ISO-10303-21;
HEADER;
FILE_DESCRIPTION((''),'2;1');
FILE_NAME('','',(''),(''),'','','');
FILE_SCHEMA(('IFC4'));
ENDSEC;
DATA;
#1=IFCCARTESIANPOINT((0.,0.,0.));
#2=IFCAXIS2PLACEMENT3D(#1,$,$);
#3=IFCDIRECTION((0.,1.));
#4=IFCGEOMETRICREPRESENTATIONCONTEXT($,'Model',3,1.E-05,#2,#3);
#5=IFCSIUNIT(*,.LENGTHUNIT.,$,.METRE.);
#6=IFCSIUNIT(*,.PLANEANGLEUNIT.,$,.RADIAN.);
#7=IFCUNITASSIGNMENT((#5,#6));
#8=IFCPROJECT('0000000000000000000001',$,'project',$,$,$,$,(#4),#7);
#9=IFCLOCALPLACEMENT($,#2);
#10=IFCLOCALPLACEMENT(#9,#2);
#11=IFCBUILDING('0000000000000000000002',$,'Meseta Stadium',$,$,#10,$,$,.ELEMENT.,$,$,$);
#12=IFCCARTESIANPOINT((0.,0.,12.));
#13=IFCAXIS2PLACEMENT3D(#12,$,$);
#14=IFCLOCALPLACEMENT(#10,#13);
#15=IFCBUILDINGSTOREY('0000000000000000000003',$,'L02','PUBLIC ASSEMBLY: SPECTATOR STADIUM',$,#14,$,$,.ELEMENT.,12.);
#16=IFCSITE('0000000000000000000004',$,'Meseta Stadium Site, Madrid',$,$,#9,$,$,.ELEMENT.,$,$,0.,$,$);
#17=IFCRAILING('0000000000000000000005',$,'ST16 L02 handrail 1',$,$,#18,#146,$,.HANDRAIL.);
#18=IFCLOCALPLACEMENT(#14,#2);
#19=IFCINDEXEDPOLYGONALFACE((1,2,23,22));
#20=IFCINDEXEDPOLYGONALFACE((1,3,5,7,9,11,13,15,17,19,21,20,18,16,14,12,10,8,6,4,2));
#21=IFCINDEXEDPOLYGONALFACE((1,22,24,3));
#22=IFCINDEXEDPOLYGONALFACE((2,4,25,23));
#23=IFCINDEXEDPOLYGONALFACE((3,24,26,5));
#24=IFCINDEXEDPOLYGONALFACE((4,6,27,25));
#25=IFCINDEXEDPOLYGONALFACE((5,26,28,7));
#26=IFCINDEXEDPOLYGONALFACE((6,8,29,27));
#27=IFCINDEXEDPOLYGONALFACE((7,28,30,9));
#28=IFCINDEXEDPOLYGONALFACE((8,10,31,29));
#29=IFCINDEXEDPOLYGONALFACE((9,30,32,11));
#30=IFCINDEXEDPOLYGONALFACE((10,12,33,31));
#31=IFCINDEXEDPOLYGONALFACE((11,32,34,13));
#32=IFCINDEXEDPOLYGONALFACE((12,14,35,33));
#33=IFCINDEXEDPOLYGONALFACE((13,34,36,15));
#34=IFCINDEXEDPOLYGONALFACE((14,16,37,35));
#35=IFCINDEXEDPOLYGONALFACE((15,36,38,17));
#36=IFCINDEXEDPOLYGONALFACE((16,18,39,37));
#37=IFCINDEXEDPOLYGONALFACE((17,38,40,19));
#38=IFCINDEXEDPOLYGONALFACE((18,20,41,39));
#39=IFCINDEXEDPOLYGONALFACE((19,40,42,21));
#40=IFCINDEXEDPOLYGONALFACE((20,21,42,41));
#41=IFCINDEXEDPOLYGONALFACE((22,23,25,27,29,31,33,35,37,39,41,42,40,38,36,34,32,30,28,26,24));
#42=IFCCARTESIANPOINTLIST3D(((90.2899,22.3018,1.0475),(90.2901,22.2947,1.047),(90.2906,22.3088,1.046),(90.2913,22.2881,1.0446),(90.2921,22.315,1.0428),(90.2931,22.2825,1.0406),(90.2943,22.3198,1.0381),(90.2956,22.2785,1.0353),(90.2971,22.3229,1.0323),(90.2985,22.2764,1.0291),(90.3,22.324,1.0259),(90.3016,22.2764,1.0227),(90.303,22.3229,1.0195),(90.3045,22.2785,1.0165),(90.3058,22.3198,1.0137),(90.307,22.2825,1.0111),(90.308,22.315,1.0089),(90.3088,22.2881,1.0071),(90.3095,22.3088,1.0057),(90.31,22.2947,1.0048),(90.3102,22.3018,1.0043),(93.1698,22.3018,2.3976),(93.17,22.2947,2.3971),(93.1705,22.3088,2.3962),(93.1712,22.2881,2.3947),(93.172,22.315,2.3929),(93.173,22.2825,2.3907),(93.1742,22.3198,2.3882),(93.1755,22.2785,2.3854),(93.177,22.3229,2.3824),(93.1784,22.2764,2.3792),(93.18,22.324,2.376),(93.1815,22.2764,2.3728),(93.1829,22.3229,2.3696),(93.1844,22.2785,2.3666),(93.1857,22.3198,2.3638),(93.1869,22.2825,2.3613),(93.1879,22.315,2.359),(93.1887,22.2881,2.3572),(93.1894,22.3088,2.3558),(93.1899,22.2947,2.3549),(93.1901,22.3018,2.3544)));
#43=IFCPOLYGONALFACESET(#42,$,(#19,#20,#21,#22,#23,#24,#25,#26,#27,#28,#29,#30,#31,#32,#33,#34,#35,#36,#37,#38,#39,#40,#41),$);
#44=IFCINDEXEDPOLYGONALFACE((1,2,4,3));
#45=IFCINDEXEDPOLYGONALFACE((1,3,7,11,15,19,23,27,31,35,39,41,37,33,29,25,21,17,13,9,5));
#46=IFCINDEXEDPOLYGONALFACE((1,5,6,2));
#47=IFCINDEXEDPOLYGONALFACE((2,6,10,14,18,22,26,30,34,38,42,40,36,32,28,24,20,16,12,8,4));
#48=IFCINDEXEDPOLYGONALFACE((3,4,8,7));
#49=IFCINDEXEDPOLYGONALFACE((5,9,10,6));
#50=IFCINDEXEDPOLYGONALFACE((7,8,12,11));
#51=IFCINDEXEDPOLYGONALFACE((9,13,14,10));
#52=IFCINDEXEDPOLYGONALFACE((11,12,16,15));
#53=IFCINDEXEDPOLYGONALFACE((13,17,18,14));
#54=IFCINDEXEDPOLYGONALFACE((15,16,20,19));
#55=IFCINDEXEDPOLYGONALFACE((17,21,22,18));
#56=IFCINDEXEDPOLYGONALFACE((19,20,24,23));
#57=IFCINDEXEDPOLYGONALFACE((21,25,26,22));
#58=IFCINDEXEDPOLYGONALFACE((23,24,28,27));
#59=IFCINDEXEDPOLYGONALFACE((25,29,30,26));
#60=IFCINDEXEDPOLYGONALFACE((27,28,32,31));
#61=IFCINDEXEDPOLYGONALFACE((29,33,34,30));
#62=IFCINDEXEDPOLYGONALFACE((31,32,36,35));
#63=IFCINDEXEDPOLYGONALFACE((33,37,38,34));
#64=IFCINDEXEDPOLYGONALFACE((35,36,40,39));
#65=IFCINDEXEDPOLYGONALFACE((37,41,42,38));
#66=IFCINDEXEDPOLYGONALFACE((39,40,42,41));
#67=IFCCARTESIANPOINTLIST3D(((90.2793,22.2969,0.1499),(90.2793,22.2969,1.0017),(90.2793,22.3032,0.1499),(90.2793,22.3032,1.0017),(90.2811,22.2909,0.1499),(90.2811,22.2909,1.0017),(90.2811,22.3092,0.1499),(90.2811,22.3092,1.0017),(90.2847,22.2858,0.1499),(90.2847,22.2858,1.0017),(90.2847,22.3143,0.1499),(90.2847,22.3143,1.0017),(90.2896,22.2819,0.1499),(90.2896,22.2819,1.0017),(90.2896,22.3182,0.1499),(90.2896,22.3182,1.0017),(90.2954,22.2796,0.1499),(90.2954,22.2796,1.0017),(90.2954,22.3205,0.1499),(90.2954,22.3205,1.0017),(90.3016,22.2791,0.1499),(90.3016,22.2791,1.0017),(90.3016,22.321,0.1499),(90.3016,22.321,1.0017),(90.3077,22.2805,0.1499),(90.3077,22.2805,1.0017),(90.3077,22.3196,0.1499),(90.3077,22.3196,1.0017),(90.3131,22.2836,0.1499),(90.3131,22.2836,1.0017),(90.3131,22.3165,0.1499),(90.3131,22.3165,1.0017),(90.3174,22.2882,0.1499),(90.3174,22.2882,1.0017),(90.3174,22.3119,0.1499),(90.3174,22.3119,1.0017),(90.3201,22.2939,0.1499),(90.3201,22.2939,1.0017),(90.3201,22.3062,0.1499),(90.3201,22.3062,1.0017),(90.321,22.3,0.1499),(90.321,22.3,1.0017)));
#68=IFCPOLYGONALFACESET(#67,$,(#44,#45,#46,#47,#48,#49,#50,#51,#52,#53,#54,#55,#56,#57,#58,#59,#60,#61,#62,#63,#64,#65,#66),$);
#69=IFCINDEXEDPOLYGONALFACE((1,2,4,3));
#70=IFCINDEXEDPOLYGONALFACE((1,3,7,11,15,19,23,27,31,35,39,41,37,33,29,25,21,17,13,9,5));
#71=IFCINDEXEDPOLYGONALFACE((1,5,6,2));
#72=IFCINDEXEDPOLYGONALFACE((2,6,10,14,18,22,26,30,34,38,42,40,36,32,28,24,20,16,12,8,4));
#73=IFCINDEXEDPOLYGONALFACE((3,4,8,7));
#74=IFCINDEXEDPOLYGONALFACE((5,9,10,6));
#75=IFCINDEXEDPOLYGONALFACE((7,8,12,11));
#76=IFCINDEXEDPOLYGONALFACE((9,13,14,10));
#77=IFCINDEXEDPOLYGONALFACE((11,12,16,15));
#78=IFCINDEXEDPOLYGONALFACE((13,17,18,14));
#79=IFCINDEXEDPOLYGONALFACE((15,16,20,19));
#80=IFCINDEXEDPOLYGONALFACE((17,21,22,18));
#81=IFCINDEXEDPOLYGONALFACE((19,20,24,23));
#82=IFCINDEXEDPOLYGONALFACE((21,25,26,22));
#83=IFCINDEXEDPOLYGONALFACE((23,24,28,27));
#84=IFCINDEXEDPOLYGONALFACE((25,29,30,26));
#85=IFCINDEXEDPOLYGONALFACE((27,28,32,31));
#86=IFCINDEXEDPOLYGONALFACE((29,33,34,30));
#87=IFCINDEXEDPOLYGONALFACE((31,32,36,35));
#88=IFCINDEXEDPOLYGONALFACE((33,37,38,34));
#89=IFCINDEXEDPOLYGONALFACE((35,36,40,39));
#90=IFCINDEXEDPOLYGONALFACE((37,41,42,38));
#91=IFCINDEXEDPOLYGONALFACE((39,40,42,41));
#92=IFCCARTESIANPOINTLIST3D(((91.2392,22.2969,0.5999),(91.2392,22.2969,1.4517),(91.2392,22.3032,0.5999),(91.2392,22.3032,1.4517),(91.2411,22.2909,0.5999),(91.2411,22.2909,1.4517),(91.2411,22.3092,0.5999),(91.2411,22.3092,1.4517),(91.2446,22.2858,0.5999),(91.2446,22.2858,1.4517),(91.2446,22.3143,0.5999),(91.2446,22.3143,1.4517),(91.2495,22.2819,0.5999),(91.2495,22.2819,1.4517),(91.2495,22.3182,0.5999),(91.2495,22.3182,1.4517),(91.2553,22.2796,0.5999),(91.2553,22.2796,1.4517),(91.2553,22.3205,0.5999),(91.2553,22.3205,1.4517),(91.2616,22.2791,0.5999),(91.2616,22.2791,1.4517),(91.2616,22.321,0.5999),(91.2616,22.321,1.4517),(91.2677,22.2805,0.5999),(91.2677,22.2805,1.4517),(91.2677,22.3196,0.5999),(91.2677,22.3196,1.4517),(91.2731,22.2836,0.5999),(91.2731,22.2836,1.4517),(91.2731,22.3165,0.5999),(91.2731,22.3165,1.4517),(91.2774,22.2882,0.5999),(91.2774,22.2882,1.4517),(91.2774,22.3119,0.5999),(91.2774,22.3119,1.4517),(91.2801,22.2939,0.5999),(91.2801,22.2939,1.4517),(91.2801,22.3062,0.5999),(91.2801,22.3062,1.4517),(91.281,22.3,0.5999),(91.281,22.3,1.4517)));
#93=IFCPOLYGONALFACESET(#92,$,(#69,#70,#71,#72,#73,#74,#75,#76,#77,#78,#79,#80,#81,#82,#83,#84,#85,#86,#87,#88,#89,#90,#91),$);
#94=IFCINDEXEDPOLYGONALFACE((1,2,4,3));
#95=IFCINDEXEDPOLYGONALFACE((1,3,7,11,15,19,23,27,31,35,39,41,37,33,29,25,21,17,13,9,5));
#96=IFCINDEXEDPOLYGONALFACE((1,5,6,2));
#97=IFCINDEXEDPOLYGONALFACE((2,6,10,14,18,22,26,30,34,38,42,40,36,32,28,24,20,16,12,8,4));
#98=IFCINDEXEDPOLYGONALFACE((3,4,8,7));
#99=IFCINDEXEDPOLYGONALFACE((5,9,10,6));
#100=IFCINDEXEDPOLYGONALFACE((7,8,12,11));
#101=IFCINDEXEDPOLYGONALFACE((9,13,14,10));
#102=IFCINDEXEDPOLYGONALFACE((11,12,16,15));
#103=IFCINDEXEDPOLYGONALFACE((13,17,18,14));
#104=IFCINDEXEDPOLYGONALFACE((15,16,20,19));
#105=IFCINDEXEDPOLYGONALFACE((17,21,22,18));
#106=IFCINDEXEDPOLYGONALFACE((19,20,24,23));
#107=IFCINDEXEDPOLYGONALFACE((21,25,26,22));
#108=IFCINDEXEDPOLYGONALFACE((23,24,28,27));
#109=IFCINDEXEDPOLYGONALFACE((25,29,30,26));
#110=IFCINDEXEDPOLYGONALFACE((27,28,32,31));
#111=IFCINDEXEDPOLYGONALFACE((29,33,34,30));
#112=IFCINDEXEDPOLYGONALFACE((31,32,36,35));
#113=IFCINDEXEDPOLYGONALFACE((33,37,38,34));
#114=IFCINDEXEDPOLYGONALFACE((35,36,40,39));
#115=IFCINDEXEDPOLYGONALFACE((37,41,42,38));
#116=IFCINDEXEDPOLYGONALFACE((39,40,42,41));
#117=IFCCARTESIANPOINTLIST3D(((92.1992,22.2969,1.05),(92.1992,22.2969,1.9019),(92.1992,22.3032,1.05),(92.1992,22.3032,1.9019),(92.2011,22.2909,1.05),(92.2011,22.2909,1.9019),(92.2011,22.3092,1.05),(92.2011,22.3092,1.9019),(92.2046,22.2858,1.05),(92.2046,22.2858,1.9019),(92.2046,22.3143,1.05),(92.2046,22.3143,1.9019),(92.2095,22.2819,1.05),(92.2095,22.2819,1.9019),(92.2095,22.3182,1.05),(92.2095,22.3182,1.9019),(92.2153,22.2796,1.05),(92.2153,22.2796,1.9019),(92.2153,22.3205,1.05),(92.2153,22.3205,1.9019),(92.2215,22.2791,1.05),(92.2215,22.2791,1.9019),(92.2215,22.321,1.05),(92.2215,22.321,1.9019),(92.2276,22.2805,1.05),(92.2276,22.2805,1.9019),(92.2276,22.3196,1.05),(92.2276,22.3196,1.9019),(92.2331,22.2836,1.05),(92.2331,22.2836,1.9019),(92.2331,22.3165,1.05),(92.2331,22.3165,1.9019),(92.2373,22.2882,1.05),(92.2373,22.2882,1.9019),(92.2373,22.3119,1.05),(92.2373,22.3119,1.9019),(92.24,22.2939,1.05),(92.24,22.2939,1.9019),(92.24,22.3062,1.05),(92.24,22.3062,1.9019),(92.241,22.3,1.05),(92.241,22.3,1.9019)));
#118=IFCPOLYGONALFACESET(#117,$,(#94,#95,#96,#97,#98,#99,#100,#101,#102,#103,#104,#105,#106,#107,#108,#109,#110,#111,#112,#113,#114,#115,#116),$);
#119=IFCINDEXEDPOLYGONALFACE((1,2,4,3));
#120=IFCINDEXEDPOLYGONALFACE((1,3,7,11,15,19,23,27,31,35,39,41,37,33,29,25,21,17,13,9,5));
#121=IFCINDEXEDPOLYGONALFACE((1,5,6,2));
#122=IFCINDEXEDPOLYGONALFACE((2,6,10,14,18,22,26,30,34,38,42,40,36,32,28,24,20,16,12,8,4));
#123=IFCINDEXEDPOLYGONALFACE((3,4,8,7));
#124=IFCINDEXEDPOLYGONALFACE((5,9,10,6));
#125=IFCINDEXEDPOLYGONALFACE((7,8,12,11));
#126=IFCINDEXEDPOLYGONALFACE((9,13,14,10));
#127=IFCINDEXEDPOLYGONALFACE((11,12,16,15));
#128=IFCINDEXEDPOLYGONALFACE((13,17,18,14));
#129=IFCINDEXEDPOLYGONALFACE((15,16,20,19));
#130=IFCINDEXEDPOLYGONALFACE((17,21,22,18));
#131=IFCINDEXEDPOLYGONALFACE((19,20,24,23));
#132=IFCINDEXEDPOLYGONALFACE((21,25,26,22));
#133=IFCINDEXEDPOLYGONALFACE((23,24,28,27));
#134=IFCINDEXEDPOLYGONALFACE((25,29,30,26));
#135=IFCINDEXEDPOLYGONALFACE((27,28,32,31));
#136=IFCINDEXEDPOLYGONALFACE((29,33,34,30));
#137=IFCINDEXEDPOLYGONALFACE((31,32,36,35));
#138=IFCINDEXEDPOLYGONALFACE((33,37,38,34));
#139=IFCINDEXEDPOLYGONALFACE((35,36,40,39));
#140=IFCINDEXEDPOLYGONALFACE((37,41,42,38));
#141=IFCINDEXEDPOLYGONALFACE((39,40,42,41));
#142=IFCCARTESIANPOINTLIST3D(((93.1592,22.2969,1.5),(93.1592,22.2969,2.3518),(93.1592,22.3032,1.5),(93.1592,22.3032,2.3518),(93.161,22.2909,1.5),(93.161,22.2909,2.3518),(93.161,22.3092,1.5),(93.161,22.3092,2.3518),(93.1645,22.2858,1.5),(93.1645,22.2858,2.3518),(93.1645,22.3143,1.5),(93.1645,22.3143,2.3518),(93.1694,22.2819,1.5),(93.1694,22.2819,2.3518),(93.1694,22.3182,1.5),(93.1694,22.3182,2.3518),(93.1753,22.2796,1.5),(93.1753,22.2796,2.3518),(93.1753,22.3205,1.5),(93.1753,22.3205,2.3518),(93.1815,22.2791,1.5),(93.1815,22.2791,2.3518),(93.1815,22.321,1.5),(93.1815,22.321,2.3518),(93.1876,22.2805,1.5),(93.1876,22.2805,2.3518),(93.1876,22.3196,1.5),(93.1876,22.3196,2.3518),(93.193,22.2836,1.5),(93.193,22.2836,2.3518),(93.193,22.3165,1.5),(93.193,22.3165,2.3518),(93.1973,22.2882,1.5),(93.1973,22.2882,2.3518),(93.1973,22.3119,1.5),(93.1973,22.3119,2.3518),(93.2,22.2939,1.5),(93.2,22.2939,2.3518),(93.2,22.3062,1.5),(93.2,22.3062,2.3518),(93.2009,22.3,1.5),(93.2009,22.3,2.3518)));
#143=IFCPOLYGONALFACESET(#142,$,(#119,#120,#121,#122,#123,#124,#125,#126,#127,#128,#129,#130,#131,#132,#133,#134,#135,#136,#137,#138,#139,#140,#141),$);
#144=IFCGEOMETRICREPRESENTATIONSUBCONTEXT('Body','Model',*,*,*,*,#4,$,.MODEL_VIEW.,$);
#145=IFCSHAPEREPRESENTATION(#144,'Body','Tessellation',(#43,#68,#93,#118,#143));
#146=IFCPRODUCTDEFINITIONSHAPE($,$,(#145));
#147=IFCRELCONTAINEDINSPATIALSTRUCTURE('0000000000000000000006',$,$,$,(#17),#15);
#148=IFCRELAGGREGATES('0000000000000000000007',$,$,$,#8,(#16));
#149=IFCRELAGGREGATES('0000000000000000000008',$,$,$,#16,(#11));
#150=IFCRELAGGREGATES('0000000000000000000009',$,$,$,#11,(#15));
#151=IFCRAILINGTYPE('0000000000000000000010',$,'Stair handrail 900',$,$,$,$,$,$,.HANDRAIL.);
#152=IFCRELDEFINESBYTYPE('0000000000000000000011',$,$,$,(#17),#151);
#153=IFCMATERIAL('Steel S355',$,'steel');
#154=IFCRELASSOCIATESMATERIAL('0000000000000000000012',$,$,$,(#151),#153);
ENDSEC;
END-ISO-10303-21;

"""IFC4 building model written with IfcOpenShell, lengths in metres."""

from ifc_helpers import new_model, si_unit, direction, frame, origin, origin_2d, place, context, subcontext, project, spatial, circle, extrude, material, type_object, element, save


model = new_model("IFC4")

# Units and contexts
model_context = context("Model", 3, precision=1e-05, world=origin(), true_north=direction((0.0, 1.0)))
body_context = subcontext(model_context, "Body", "Model", "MODEL_VIEW")
ifc_project = project(units=[si_unit("LENGTHUNIT", "METRE"), si_unit("PLANEANGLEUNIT", "RADIAN")], contexts=[model_context])

# Site, building, storey
site_placement = place(None, origin())
site = spatial("IfcSite", under=ifc_project, at=site_placement, Name="Meseta Stadium Site, Madrid", CompositionType="ELEMENT", RefElevation=0.0)
building_placement = place(site_placement, origin())
building = spatial("IfcBuilding", under=site, at=building_placement, Name="Meseta Stadium", CompositionType="ELEMENT")
storey_placement = place(building_placement, frame((0.0, 0.0, 12.0)))
storey = spatial("IfcBuildingStorey", under=building, at=storey_placement, Name="L02", Description="PUBLIC ASSEMBLY: SPECTATOR STADIUM", CompositionType="ELEMENT", Elevation=12.0)

# Railing
ifc_material_1 = material(Name="Steel S355", Category="steel")
railing_type_1 = type_object("IfcRailingType", Name="Stair handrail 900", PredefinedType="HANDRAIL", material=ifc_material_1)
for number, where, name in (
    (1, (90.3, 22.3, 0.1499), "ST16 L02 handrail 1"),
):
    element("IfcRailing", number, at=place(storey_placement, frame(where)), inside=storey, type_object=railing_type_1, Name=name, PredefinedType="HANDRAIL", context=body_context, shape_type="SweptSolid", body=[
        extrude(circle(Radius=0.0239, at=origin_2d()), frame((0.0, 0.0, 0.876), z_axis=(0.90544, 0.0, 0.424473), x_axis=(0.0, 1.0, 0.0)), (0.0, 0.0, 1.0), 3.1807),
        extrude(circle(Radius=0.021, at=origin_2d()), origin(), (0.0, 0.0, 1.0), 0.8518),
        extrude(circle(Radius=0.021, at=origin_2d()), frame((0.96, 0.0, 0.45)), (0.0, 0.0, 1.0), 0.8518),
        extrude(circle(Radius=0.021, at=origin_2d()), frame((1.9199, 0.0, 0.9001)), (0.0, 0.0, 1.0), 0.8518),
        extrude(circle(Radius=0.021, at=origin_2d()), frame((2.8799, 0.0, 1.3501)), (0.0, 0.0, 1.0), 0.8518),
    ])

save(model, "model.ifc")
